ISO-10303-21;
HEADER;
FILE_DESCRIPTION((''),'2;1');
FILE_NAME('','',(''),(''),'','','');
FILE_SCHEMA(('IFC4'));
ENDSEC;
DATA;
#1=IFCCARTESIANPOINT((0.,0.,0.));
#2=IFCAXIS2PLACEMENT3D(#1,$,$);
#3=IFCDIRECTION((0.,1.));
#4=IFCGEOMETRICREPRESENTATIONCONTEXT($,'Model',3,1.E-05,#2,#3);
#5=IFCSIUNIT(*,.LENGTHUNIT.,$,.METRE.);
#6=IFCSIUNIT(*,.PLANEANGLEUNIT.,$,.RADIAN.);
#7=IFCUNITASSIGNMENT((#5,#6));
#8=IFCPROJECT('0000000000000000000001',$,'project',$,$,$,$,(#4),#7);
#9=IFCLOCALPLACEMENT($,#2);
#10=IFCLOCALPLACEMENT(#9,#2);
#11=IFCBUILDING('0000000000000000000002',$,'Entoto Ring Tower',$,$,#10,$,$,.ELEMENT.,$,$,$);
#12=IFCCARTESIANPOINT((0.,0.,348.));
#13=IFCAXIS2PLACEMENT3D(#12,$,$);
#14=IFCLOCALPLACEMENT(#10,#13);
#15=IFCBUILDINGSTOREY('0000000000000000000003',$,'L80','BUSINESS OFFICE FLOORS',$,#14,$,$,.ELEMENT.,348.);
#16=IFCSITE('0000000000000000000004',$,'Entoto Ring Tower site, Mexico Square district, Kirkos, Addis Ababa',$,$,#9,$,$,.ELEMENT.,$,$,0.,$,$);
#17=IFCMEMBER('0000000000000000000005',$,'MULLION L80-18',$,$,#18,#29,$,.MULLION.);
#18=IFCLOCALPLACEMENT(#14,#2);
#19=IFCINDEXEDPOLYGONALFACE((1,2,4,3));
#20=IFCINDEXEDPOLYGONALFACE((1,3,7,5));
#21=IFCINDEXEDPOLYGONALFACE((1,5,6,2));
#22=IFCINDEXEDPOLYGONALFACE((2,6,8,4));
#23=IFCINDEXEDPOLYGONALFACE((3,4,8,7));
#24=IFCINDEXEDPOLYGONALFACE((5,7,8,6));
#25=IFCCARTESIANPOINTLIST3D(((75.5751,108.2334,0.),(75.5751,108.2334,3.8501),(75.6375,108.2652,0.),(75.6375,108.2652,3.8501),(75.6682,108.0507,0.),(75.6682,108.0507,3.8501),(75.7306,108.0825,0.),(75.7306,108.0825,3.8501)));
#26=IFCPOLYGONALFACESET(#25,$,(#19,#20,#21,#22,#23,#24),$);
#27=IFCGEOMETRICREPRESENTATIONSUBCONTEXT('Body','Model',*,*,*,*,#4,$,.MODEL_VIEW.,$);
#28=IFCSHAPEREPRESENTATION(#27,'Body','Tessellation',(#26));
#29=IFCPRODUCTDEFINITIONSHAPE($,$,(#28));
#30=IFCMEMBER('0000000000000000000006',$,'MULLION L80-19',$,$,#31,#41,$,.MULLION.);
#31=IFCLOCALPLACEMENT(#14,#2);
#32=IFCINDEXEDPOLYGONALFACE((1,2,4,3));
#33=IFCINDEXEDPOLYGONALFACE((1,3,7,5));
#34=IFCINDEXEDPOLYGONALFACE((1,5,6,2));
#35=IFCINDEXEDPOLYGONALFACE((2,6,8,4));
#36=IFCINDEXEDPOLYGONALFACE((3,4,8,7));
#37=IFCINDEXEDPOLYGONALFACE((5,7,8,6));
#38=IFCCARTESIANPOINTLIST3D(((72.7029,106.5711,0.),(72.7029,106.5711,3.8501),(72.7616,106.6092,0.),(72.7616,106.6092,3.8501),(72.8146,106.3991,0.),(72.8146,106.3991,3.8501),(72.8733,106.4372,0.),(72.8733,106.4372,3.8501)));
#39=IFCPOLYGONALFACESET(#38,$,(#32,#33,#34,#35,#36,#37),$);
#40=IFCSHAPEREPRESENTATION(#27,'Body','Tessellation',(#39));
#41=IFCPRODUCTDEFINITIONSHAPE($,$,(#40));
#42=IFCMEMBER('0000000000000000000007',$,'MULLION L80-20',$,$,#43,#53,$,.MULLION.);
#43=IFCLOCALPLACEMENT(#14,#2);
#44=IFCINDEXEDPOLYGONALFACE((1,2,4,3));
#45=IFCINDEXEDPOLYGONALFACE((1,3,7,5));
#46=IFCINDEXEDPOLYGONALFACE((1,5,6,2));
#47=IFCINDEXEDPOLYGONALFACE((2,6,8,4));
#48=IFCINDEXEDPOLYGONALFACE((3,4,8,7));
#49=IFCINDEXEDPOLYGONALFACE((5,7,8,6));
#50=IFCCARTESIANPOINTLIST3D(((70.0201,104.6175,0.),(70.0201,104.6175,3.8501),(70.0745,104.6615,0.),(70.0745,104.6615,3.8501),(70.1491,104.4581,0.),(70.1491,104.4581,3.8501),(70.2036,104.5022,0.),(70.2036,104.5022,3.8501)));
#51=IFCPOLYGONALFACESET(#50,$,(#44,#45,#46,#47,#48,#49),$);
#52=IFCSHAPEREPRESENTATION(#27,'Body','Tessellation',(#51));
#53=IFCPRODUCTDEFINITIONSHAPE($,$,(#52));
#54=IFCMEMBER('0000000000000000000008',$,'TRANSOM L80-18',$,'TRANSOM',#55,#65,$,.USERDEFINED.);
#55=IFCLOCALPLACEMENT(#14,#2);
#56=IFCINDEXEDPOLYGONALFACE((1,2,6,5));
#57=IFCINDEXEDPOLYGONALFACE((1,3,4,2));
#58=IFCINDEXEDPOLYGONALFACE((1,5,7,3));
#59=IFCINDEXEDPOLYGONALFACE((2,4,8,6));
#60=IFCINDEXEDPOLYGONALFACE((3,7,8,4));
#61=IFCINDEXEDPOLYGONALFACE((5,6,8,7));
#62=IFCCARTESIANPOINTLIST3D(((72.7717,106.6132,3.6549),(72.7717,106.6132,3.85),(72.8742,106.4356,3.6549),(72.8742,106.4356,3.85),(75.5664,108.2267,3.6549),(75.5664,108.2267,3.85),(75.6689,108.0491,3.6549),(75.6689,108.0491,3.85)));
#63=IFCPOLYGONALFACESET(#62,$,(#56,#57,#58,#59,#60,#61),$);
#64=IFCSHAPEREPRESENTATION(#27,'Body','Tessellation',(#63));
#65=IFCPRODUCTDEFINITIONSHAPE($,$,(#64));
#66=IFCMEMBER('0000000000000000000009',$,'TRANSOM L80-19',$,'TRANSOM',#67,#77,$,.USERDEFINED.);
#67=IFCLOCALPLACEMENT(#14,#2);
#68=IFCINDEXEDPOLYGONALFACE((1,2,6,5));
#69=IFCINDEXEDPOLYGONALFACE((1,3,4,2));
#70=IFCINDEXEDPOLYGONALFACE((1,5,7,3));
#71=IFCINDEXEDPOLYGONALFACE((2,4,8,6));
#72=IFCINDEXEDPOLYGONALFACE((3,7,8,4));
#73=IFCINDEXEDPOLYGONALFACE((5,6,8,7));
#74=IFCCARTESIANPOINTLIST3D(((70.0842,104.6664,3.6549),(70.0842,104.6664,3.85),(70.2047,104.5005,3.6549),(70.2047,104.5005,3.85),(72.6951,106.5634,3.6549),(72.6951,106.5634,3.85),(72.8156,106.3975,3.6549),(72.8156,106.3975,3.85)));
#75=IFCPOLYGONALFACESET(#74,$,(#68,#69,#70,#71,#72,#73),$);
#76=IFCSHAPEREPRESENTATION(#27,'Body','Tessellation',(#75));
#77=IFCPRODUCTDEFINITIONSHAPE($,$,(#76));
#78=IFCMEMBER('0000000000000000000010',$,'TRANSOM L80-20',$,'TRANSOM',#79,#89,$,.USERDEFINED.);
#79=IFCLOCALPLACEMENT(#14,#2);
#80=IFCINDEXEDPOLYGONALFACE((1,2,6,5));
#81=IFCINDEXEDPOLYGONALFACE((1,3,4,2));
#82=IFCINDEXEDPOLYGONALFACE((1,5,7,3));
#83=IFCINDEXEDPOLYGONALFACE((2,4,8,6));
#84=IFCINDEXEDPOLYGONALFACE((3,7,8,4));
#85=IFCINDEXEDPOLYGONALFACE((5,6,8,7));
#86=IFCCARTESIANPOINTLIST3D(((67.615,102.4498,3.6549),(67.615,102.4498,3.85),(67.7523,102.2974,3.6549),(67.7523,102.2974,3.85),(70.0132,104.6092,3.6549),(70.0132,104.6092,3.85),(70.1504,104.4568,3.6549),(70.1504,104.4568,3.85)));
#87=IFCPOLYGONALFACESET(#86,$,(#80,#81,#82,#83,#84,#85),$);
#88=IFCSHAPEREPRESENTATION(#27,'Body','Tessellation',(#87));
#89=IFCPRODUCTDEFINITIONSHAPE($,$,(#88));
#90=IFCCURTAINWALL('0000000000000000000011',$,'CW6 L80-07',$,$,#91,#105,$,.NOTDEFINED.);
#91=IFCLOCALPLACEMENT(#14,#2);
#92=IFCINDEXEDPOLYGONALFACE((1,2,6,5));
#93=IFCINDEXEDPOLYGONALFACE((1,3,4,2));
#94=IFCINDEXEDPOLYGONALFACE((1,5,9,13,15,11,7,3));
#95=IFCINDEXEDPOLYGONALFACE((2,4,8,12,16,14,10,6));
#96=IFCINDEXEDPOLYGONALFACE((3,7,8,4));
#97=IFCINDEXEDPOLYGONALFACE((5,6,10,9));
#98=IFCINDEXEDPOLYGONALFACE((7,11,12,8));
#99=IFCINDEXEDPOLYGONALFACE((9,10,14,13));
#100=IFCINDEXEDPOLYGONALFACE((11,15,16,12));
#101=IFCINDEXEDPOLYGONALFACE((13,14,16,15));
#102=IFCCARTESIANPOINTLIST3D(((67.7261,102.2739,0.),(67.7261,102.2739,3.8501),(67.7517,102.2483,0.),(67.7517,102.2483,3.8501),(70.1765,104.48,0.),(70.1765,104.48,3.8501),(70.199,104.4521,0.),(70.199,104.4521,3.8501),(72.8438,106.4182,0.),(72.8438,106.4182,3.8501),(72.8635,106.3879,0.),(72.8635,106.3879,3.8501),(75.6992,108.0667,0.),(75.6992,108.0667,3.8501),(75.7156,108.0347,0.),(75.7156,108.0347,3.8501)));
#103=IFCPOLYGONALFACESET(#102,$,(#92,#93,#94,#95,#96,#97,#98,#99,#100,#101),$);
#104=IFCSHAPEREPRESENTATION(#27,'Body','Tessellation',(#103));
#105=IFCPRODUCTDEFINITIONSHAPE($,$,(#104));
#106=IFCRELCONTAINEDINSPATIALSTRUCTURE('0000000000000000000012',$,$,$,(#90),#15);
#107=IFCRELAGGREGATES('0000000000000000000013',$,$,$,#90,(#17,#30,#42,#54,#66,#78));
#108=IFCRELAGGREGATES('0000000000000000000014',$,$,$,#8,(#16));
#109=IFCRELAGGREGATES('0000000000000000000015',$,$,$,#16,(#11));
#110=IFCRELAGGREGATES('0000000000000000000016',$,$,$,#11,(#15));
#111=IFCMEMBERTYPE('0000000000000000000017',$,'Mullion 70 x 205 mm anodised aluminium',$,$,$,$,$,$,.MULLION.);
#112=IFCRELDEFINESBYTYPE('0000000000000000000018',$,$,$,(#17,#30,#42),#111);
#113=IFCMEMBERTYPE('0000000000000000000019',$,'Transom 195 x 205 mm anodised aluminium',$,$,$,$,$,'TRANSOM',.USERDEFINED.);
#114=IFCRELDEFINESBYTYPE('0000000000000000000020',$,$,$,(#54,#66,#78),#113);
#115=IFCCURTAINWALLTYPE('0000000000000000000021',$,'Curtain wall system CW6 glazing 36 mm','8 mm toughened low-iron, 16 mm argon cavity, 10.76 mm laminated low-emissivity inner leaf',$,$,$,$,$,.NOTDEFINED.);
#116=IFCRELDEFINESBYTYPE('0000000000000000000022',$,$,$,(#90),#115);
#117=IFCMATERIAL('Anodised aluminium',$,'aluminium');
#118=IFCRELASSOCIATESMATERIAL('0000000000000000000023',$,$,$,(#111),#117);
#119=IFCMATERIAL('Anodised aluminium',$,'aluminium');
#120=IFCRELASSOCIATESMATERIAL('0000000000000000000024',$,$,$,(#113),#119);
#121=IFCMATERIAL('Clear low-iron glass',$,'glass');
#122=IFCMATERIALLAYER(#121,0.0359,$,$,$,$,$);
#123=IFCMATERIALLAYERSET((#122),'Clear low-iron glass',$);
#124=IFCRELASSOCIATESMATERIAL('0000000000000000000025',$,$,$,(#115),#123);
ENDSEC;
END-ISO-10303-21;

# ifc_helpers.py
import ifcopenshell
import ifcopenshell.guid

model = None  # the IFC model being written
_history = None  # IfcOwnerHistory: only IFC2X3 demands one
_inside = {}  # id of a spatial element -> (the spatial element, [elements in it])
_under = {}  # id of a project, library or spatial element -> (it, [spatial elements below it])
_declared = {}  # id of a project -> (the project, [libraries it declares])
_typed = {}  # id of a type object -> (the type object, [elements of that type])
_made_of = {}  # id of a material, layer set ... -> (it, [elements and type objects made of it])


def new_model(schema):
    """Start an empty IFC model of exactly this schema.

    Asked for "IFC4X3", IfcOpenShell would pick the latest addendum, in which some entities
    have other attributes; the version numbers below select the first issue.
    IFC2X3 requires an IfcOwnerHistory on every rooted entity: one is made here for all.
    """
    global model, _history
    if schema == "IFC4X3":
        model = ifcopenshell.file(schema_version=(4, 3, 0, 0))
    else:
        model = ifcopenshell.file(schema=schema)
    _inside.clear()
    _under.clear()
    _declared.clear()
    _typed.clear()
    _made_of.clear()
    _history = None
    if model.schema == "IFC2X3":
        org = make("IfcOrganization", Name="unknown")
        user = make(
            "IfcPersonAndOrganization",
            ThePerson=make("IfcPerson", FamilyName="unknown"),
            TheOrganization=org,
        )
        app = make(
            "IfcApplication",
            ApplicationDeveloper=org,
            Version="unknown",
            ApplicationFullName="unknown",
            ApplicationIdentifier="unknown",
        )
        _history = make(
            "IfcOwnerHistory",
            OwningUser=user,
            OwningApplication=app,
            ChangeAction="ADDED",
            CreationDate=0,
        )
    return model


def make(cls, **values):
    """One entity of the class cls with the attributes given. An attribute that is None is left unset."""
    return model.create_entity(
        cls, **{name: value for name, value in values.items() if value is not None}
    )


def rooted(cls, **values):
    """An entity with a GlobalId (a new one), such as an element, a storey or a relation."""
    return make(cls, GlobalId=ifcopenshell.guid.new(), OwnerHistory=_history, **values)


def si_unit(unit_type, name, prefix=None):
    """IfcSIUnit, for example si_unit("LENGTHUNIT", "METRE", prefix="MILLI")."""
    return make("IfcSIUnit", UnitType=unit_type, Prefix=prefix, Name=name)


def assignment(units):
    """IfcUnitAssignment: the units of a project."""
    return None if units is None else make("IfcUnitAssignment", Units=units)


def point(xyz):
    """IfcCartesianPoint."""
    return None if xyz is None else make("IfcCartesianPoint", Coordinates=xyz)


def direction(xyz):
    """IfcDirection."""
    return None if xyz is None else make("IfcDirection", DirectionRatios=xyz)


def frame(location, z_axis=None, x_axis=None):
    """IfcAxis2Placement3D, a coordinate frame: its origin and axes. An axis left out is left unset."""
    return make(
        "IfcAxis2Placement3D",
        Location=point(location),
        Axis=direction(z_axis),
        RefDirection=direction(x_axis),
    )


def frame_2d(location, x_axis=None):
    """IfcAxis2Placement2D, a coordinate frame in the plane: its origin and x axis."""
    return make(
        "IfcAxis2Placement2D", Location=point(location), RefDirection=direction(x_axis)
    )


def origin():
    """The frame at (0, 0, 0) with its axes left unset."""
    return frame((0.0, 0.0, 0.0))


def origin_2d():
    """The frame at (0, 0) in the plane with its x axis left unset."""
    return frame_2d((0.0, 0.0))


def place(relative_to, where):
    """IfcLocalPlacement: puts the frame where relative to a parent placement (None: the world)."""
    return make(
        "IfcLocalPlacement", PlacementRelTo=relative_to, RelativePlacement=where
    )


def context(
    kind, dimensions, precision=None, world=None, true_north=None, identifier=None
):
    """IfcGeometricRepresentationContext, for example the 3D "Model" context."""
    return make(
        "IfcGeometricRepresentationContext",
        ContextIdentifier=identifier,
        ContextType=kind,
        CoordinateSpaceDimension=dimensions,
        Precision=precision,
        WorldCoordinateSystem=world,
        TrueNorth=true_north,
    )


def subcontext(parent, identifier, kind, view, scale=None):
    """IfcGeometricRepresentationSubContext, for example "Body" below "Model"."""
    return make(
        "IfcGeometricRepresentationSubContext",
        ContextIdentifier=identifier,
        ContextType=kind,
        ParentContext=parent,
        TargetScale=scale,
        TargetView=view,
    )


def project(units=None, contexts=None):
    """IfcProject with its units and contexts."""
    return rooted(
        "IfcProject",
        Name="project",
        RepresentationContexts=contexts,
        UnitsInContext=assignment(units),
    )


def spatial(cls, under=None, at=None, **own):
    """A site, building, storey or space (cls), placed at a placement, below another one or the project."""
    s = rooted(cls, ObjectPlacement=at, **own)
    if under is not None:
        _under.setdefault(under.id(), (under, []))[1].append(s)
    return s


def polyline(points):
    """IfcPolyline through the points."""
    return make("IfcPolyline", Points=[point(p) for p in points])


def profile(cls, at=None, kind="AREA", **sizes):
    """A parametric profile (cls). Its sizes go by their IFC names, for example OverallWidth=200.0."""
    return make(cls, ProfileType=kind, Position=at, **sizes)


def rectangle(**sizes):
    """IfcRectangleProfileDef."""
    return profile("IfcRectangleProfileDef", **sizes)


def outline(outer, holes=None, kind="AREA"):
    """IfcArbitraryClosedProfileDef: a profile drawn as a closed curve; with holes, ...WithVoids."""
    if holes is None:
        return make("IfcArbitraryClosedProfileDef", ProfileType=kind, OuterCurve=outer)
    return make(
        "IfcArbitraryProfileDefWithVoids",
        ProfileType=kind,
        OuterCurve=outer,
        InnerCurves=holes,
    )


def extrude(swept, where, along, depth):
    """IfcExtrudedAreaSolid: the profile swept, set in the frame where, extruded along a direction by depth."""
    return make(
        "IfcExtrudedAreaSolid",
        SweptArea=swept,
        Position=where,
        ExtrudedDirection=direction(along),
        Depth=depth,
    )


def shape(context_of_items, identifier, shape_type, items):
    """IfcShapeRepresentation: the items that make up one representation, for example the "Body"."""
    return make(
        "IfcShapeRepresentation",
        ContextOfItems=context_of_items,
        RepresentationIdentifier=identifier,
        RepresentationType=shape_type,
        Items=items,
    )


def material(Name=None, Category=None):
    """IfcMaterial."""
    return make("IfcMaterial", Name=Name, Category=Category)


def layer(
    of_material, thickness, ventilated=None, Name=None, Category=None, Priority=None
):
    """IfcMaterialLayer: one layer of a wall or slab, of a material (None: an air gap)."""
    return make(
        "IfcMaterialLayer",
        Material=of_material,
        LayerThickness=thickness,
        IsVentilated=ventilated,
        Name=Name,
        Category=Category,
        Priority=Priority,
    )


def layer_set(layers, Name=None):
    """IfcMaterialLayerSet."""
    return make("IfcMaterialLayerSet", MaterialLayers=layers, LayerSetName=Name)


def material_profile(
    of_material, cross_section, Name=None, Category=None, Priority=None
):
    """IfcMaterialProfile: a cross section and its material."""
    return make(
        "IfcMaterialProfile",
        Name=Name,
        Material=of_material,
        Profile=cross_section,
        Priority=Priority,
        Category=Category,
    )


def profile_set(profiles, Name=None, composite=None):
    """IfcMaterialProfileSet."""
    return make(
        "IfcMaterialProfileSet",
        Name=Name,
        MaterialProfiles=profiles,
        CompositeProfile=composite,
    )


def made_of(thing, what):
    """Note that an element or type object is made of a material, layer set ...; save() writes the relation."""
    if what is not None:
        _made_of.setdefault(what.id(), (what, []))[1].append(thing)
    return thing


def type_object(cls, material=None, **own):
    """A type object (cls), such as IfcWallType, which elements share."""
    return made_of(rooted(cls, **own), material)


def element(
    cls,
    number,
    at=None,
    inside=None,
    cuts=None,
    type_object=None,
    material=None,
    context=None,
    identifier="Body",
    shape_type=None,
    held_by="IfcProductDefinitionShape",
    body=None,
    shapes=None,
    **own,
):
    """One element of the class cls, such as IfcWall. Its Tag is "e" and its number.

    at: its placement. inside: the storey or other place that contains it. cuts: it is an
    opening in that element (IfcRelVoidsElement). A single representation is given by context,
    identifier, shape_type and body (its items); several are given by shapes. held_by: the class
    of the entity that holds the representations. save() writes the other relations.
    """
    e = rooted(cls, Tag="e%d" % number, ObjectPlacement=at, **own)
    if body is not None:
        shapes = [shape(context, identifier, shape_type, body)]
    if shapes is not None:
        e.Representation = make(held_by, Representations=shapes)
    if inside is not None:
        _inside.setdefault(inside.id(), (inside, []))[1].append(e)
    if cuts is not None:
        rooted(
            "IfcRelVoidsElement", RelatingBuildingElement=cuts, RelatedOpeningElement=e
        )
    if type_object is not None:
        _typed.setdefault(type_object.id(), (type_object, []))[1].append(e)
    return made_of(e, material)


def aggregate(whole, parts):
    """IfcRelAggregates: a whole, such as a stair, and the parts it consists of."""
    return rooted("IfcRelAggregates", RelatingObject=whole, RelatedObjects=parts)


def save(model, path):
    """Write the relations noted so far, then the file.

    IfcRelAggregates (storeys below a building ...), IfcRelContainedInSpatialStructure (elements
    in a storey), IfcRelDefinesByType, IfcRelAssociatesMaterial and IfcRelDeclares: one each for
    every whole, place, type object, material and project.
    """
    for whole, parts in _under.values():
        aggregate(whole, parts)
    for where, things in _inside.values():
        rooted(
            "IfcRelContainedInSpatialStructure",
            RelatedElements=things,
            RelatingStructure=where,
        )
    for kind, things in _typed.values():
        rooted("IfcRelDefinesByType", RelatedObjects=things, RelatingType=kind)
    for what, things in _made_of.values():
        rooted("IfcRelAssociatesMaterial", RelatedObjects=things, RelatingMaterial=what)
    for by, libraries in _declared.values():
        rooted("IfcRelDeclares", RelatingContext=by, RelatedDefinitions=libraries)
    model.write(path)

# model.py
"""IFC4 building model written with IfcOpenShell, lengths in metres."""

from ifc_helpers import new_model, si_unit, direction, frame, origin, origin_2d, place, context, subcontext, project, spatial, polyline, rectangle, outline, extrude, material, layer, layer_set, material_profile, profile_set, type_object, element, aggregate, save


model = new_model("IFC4")

# Units and contexts
model_context = context("Model", 3, precision=1e-05, world=origin(), true_north=direction((0.0, 1.0)))
body_context = subcontext(model_context, "Body", "Model", "MODEL_VIEW")
ifc_project = project(units=[si_unit("LENGTHUNIT", "METRE"), si_unit("PLANEANGLEUNIT", "RADIAN")], contexts=[model_context])

# Members
ifc_material_1 = material(Name="Anodised aluminium", Category="aluminium")
ifc_material_profile_1 = material_profile(ifc_material_1, rectangle(XDim=0.0701, YDim=0.2051, at=origin_2d()), Name="Mullion 70 x 205 mm anodised aluminium")
ifc_profile_set_1 = profile_set([ifc_material_profile_1], Name="Anodised aluminium")
member_type_1 = type_object("IfcMemberType", Name="Mullion 70 x 205 mm anodised aluminium", PredefinedType="MULLION", material=ifc_profile_set_1)
site_placement = place(None, origin())
building_placement = place(site_placement, origin())
storey_placement = place(building_placement, frame((0.0, 0.0, 348.0)))
member_1_placement = place(storey_placement, frame((75.6528, 108.158, 0.0), z_axis=(0.0, 0.0, 1.0), x_axis=(-0.891007, -0.45399, 0.0)))
member_1 = element("IfcMember", 1, at=member_1_placement, type_object=member_type_1, Name="MULLION L80-18", PredefinedType="MULLION", context=body_context, shape_type="SweptSolid", body=[
    extrude(rectangle(XDim=0.0701, YDim=0.2051, at=origin_2d()), origin(), (0.0, 0.0, 1.0), 3.8501),
])
member_2_placement = place(storey_placement, frame((72.7881, 106.5042, 0.0), z_axis=(0.0, 0.0, 1.0), x_axis=(-0.838671, -0.544639, 0.0)))
member_2 = element("IfcMember", 2, at=member_2_placement, type_object=member_type_1, Name="MULLION L80-19", PredefinedType="MULLION", context=body_context, shape_type="SweptSolid", body=[
    extrude(rectangle(XDim=0.0701, YDim=0.2051, at=origin_2d()), origin(), (0.0, 0.0, 1.0), 3.8501),
])
member_3_placement = place(storey_placement, frame((70.1118, 104.5598, 0.0), z_axis=(0.0, 0.0, 1.0), x_axis=(-0.777146, -0.62932, 0.0)))
member_3 = element("IfcMember", 3, at=member_3_placement, type_object=member_type_1, Name="MULLION L80-20", PredefinedType="MULLION", context=body_context, shape_type="SweptSolid", body=[
    extrude(rectangle(XDim=0.0701, YDim=0.2051, at=origin_2d()), origin(), (0.0, 0.0, 1.0), 3.8501),
])
ifc_material_2 = material(Name="Anodised aluminium", Category="aluminium")
ifc_material_profile_2 = material_profile(ifc_material_2, rectangle(XDim=0.2051, YDim=0.1951, at=origin_2d()), Name="Transom 195 x 205 mm anodised aluminium")
ifc_profile_set_2 = profile_set([ifc_material_profile_2], Name="Anodised aluminium")
member_type_2 = type_object("IfcMemberType", Name="Transom 195 x 205 mm anodised aluminium", ElementType="TRANSOM", PredefinedType="USERDEFINED", material=ifc_profile_set_2)
member_4_placement = place(storey_placement, frame((75.6177, 108.1379, 3.7524), z_axis=(-0.866023, -0.500004, 0.0), x_axis=(0.500004, -0.866023, 0.0)))
member_4 = element("IfcMember", 4, at=member_4_placement, type_object=member_type_2, Name="TRANSOM L80-18", ObjectType="TRANSOM", PredefinedType="USERDEFINED", context=body_context, shape_type="SweptSolid", body=[
    extrude(rectangle(XDim=0.2051, YDim=0.1951, at=origin_2d()), origin(), (0.0, 0.0, 1.0), 3.2271),
])
member_5_placement = place(storey_placement, frame((72.7554, 106.4805, 3.7524), z_axis=(-0.809004, -0.587803, 0.0), x_axis=(0.587803, -0.809004, 0.0)))
member_5 = element("IfcMember", 5, at=member_5_placement, type_object=member_type_2, Name="TRANSOM L80-19", ObjectType="TRANSOM", PredefinedType="USERDEFINED", context=body_context, shape_type="SweptSolid", body=[
    extrude(rectangle(XDim=0.2051, YDim=0.1951, at=origin_2d()), origin(), (0.0, 0.0, 1.0), 3.2273),
])
member_6_placement = place(storey_placement, frame((70.0818, 104.533, 3.7524), z_axis=(-0.743132, -0.669144, 0.0), x_axis=(0.669144, -0.743132, 0.0)))
member_6 = element("IfcMember", 6, at=member_6_placement, type_object=member_type_2, Name="TRANSOM L80-20", ObjectType="TRANSOM", PredefinedType="USERDEFINED", context=body_context, shape_type="SweptSolid", body=[
    extrude(rectangle(XDim=0.2051, YDim=0.1951, at=origin_2d()), origin(), (0.0, 0.0, 1.0), 3.2271),
])

# Site, building, storey
site = spatial("IfcSite", under=ifc_project, at=site_placement, Name="Entoto Ring Tower site, Mexico Square district, Kirkos, Addis Ababa", CompositionType="ELEMENT", RefElevation=0.0)
building = spatial("IfcBuilding", under=site, at=building_placement, Name="Entoto Ring Tower", CompositionType="ELEMENT")
storey = spatial("IfcBuildingStorey", under=building, at=storey_placement, Name="L80", Description="BUSINESS OFFICE FLOORS", CompositionType="ELEMENT", Elevation=348.0)

# Curtain wall
ifc_material_3 = material(Name="Clear low-iron glass", Category="glass")
ifc_layer = layer(ifc_material_3, 0.0359)
ifc_layer_set = layer_set([ifc_layer], Name="Clear low-iron glass")
curtain_wall_type = type_object("IfcCurtainWallType", Name="Curtain wall system CW6 glazing 36 mm", Description="8 mm toughened low-iron, 16 mm argon cavity, 10.76 mm laminated low-emissivity inner leaf", PredefinedType="NOTDEFINED", material=ifc_layer_set)
curtain_wall_1_placement = place(storey_placement, origin())
curtain_wall_1 = element("IfcCurtainWall", 7, at=curtain_wall_1_placement, inside=storey, type_object=curtain_wall_type, Name="CW6 L80-07", PredefinedType="NOTDEFINED", context=body_context, shape_type="SweptSolid", body=[
    extrude(outline(polyline([(75.6992, 108.0667), (72.8438, 106.4182), (70.1765, 104.48), (67.7261, 102.2739), (67.7517, 102.2483), (70.199, 104.4521), (72.8635, 106.3879), (75.7156, 108.0347), (75.6992, 108.0667)])), origin(), (0.0, 0.0, 1.0), 3.8501),
])
aggregate(curtain_wall_1, [member_1, member_2, member_3, member_4, member_5, member_6])

save(model, "model.ifc")
